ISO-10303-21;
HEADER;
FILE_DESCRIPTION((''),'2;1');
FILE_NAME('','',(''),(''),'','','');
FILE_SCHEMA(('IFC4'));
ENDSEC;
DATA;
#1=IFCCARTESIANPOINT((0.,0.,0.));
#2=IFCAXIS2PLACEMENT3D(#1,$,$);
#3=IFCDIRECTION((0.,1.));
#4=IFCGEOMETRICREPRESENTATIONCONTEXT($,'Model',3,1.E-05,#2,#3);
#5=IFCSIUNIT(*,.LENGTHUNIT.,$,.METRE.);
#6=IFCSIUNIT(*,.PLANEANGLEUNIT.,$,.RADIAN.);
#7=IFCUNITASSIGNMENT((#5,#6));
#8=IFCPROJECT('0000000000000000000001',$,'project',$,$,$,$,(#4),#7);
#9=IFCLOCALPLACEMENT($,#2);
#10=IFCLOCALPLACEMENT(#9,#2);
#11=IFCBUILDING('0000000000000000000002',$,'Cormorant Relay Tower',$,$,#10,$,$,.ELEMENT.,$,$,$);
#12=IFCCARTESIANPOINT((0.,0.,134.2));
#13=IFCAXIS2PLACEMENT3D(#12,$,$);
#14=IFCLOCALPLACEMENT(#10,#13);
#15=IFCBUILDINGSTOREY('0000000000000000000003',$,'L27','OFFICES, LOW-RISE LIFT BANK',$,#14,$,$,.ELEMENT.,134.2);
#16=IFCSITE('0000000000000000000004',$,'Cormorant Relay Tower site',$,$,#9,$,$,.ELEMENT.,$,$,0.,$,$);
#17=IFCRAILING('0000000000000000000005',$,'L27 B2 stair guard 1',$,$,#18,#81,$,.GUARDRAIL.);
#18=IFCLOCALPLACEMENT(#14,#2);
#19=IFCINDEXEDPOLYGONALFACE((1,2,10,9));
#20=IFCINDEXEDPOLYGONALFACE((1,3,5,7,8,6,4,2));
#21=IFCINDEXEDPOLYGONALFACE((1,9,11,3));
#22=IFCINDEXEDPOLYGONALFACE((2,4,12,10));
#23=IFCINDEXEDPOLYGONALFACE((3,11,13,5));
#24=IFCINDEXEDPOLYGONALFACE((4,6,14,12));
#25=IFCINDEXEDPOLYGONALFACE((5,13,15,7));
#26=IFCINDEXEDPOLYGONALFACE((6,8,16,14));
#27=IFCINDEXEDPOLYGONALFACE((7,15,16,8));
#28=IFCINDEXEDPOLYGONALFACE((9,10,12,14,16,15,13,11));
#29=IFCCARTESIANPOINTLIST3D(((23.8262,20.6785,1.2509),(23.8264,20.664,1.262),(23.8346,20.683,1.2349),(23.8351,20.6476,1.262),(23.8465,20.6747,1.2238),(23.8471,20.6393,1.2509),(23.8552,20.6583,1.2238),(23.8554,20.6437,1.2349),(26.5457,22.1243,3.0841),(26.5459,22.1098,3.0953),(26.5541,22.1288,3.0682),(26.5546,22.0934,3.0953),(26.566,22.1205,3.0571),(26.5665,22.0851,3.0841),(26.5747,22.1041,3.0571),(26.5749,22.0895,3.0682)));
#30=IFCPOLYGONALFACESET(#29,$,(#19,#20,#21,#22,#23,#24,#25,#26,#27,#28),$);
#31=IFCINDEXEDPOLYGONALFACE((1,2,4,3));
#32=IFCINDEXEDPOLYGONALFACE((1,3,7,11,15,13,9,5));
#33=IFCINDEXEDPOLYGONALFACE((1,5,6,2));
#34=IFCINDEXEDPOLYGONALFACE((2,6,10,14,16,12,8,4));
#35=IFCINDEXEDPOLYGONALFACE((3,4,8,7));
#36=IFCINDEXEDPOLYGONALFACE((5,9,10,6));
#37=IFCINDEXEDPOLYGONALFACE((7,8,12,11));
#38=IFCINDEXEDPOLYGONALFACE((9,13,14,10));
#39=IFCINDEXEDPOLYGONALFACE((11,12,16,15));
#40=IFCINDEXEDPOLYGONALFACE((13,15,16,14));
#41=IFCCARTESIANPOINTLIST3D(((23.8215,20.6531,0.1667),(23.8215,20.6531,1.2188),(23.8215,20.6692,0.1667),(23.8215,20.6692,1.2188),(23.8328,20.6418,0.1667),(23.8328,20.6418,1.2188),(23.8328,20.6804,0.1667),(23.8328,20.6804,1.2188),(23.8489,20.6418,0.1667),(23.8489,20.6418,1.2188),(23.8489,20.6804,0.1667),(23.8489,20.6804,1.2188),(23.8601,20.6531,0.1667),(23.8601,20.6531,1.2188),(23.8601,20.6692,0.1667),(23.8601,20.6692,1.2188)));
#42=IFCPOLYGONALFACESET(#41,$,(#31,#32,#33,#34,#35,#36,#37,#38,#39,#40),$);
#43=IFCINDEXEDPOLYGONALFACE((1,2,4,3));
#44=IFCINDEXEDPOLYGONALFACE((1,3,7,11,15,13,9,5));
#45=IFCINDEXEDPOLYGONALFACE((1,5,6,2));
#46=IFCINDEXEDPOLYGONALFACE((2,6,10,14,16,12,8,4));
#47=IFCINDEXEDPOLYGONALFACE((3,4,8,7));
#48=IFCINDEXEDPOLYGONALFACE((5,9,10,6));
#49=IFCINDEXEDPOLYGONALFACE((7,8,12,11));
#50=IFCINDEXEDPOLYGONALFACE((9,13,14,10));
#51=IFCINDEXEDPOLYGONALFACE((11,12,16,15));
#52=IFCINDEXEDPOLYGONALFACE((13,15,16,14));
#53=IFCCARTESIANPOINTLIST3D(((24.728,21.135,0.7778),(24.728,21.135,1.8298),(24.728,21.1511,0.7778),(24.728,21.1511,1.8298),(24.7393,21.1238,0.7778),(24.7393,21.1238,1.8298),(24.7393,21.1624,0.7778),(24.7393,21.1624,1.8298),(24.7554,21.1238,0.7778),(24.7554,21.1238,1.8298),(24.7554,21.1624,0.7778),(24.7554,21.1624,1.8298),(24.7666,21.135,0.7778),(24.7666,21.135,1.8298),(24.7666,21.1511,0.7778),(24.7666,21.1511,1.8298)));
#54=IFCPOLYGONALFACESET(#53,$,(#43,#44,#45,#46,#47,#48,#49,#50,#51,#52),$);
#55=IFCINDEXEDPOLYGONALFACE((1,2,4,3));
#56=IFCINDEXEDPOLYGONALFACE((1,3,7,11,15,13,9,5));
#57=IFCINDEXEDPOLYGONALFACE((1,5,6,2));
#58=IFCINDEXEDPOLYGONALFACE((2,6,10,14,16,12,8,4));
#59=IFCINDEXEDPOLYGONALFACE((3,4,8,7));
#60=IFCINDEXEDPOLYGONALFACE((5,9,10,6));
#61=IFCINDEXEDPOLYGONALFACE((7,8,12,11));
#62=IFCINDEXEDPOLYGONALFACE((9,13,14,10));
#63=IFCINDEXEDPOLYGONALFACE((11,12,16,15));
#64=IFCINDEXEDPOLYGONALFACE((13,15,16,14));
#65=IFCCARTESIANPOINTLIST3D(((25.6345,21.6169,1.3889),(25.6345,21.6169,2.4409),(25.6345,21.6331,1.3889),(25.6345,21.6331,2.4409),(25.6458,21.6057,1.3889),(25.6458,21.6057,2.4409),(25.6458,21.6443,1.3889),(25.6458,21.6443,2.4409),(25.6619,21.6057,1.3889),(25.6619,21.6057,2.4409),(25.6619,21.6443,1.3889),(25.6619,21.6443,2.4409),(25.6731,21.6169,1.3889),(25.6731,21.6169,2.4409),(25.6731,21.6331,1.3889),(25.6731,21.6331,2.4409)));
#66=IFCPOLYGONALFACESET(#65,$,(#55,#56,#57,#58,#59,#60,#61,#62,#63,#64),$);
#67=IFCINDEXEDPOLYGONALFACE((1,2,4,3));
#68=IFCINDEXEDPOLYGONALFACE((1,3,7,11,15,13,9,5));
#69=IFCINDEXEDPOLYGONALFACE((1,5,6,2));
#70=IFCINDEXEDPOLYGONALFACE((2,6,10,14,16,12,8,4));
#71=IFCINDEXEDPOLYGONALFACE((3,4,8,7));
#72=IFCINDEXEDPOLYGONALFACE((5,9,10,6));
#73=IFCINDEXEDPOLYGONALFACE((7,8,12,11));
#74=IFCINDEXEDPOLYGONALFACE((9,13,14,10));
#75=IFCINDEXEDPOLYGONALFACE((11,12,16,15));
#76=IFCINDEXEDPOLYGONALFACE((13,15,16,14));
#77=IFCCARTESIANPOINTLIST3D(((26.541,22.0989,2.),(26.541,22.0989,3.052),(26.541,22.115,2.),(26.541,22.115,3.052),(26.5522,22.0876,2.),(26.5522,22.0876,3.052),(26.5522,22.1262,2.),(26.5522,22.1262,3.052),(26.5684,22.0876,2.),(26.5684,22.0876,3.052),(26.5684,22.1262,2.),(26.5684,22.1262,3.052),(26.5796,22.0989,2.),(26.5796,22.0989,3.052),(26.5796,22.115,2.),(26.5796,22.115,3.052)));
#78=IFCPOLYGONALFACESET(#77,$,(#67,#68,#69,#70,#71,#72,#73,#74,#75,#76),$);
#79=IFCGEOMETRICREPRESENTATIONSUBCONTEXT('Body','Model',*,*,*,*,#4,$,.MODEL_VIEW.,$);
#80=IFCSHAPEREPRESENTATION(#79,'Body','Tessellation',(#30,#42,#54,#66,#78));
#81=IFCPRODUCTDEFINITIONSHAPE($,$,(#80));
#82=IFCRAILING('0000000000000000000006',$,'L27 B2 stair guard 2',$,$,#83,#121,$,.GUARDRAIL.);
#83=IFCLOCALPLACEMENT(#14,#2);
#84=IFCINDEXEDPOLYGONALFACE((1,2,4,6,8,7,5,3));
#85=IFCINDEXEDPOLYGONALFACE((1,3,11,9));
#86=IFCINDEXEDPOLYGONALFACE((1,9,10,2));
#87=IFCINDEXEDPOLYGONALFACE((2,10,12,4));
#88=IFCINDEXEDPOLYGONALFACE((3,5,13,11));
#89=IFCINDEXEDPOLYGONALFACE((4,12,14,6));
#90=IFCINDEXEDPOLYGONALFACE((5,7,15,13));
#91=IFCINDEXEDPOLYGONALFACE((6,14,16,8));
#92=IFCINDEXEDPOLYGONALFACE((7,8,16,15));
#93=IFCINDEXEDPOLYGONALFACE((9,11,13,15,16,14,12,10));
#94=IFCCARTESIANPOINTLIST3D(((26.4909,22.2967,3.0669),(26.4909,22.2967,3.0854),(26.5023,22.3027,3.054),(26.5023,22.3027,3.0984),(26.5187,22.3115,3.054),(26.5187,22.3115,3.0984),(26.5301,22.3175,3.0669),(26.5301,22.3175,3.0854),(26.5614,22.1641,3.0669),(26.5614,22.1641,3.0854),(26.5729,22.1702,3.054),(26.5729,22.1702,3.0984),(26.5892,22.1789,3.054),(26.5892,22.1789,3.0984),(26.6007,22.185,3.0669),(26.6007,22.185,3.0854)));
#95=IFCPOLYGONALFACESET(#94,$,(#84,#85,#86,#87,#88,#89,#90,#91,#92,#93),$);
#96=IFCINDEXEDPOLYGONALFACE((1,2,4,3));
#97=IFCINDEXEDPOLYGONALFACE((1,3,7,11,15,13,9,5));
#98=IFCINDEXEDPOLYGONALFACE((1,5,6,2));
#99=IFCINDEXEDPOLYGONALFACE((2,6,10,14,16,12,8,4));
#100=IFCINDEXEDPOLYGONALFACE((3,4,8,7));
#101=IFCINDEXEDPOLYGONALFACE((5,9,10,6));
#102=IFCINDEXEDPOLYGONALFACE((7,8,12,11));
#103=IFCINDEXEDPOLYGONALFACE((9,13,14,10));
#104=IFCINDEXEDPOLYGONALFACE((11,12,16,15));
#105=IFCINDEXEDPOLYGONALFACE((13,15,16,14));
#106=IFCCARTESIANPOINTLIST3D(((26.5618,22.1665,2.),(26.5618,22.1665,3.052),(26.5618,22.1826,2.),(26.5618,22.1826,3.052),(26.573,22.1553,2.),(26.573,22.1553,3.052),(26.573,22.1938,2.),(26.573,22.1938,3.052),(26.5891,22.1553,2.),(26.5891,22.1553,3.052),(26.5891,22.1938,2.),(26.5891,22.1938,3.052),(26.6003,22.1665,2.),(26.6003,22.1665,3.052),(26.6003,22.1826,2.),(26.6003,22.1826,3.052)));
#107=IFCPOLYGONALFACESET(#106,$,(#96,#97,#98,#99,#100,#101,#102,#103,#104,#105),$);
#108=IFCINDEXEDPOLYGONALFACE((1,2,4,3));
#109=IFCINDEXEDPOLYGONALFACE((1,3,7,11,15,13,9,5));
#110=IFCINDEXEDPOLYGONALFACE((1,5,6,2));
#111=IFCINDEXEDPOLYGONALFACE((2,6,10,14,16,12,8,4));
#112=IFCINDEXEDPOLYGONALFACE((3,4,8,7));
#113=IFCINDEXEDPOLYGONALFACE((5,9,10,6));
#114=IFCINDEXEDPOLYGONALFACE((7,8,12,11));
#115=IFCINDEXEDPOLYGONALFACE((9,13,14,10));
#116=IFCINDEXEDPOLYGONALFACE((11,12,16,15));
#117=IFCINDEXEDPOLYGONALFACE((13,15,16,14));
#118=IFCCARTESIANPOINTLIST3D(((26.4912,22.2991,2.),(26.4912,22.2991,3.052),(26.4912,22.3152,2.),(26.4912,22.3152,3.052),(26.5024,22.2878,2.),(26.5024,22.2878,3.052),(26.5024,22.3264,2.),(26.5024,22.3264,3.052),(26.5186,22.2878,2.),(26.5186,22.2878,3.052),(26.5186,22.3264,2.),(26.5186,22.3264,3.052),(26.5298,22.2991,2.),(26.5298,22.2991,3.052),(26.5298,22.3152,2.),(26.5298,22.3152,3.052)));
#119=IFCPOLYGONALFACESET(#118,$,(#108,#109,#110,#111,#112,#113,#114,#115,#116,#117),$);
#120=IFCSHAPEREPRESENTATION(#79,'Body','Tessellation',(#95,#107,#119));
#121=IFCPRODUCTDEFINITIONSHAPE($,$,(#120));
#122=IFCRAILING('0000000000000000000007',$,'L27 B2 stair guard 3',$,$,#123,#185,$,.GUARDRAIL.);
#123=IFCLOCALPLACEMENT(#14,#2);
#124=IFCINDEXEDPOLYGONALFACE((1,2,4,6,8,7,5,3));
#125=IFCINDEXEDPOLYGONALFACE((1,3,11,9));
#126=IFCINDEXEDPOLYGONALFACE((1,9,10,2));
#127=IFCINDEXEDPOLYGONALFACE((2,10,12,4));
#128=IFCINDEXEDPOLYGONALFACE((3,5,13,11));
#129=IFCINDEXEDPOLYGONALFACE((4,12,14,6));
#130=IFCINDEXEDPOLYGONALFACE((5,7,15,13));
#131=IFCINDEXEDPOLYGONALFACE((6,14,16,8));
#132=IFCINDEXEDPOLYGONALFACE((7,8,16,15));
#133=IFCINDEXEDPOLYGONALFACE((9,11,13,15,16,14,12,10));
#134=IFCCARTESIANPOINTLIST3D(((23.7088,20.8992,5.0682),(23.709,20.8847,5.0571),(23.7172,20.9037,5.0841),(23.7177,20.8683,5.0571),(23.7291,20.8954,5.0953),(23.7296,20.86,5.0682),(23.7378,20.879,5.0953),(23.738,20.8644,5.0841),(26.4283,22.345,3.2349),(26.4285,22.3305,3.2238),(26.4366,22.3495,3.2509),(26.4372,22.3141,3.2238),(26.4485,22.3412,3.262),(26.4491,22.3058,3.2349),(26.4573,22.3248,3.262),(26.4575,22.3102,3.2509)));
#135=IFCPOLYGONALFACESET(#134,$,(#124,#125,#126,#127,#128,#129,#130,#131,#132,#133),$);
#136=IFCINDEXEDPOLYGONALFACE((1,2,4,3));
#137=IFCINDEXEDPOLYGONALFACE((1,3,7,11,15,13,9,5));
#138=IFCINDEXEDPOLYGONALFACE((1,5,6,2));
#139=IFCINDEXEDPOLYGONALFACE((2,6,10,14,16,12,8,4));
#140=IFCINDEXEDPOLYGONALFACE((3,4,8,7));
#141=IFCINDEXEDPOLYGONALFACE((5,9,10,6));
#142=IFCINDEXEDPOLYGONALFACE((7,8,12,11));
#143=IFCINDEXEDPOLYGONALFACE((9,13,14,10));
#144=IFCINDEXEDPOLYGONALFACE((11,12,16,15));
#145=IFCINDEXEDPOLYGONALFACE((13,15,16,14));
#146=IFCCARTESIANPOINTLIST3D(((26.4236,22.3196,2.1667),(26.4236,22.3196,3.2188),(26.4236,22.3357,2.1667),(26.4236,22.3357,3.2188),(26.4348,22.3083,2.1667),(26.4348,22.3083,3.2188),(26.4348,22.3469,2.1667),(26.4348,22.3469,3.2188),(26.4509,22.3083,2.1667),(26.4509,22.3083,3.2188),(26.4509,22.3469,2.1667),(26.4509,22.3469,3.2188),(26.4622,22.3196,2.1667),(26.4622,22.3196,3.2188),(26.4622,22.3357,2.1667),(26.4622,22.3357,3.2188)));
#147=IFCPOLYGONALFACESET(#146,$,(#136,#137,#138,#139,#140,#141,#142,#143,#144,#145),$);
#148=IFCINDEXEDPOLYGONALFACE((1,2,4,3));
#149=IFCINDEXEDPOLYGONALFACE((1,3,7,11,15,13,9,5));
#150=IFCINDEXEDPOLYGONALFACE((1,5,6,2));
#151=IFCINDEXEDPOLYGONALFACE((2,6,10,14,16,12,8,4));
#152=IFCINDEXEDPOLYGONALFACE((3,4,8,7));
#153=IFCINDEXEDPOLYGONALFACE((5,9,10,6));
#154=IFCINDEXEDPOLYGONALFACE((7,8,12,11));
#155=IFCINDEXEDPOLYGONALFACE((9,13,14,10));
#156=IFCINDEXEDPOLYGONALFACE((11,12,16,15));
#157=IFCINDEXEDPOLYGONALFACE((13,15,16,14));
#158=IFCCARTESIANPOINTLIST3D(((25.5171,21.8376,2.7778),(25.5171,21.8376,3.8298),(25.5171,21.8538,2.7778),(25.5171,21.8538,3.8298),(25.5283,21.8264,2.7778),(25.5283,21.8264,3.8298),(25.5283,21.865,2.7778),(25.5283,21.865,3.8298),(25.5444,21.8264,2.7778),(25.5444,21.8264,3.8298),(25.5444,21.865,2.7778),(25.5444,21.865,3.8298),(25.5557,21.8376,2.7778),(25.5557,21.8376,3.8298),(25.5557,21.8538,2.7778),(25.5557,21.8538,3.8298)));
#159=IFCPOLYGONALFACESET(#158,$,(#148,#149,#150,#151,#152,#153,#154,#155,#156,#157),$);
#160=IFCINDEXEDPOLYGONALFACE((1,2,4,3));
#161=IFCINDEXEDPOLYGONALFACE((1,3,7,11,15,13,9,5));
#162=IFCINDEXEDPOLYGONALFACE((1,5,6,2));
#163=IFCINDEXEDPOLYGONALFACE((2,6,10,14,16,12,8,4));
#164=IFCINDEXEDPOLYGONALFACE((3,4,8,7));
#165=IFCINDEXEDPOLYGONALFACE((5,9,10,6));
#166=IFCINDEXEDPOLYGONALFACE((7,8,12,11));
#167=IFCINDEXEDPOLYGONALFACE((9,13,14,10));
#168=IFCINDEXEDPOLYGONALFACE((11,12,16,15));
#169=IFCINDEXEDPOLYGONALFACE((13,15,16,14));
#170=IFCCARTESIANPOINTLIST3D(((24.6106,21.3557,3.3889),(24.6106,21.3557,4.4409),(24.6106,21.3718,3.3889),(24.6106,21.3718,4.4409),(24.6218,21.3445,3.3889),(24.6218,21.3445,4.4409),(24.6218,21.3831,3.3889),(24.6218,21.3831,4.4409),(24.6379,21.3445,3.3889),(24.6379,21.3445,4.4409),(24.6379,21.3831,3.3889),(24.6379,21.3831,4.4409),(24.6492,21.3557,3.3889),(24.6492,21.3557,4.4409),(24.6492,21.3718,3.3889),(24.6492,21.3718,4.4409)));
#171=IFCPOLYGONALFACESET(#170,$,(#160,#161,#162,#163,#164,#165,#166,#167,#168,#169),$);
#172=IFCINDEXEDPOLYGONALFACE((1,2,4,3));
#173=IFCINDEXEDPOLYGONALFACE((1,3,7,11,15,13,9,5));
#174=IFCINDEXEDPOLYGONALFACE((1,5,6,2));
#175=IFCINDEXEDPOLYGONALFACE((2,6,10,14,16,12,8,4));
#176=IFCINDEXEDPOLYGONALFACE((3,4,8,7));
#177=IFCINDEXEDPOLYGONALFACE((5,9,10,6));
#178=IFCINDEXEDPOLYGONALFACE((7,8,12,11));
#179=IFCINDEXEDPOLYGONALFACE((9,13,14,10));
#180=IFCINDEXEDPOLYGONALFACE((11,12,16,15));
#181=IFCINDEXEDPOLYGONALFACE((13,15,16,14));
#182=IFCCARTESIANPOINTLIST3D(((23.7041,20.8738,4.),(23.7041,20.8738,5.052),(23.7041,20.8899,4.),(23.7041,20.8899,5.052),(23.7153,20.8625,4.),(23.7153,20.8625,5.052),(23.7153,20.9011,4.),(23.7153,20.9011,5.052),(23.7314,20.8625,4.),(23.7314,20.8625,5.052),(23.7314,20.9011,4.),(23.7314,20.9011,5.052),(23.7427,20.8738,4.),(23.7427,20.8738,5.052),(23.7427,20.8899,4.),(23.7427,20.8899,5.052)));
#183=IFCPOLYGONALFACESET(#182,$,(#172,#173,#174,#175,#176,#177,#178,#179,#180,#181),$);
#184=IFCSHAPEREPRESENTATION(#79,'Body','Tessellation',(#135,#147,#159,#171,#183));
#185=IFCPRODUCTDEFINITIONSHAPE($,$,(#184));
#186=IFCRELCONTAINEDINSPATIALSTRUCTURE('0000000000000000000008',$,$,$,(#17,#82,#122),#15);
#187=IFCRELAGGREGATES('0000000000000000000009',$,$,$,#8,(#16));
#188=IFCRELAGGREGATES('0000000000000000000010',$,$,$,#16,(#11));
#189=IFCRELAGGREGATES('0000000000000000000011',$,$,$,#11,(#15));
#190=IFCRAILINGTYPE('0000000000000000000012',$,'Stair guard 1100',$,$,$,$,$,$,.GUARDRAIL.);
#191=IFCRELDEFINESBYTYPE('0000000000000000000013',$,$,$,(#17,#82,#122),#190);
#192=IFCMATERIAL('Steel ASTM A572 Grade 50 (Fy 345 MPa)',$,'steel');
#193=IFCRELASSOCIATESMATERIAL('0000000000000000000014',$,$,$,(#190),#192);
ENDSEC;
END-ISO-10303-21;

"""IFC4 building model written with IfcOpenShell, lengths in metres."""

from ifc_helpers import new_model, si_unit, direction, frame, origin, place, context, subcontext, project, spatial, polyline, outline, extrude, material, type_object, element, save


model = new_model("IFC4")

# Units and contexts
model_context = context("Model", 3, precision=1e-05, world=origin(), true_north=direction((0.0, 1.0)))
body_context = subcontext(model_context, "Body", "Model", "MODEL_VIEW")
ifc_project = project(units=[si_unit("LENGTHUNIT", "METRE"), si_unit("PLANEANGLEUNIT", "RADIAN")], contexts=[model_context])

# Site, building, storey
site_placement = place(None, origin())
site = spatial("IfcSite", under=ifc_project, at=site_placement, Name="Cormorant Relay Tower site", CompositionType="ELEMENT", RefElevation=0.0)
building_placement = place(site_placement, origin())
building = spatial("IfcBuilding", under=site, at=building_placement, Name="Cormorant Relay Tower", CompositionType="ELEMENT")
storey_placement = place(building_placement, frame((0.0, 0.0, 134.2)))
storey = spatial("IfcBuildingStorey", under=building, at=storey_placement, Name="L27", Description="OFFICES, LOW-RISE LIFT BANK", CompositionType="ELEMENT", Elevation=134.2)

# Railings
ifc_material_1 = material(Name="Steel ASTM A572 Grade 50 (Fy 345 MPa)", Category="steel")
railing_type_1 = type_object("IfcRailingType", Name="Stair guard 1100", PredefinedType="GUARDRAIL", material=ifc_material_1)
railing_1_placement = place(storey_placement, frame((23.8408, 20.6611, 0.1667)))
element("IfcRailing", 1, at=railing_1_placement, inside=storey, type_object=railing_type_1, Name="L27 B2 stair guard 1", PredefinedType="GUARDRAIL", context=body_context, shape_type="SweptSolid", body=[
    extrude(outline(polyline([(0.0222, 0.0093), (0.0093, 0.0222), (-0.0093, 0.0222), (-0.0222, 0.0093), (-0.0222, -0.0093), (-0.0093, -0.0222), (0.0093, -0.0222), (0.0222, -0.0093), (0.0222, 0.0093)])), frame((0.0, 0.0, 1.0762), z_axis=(0.758735, 0.403378, 0.511477), x_axis=(-0.469428, 0.882971, 0.0)), (0.0, 0.0, 1.0), 3.5842),
    extrude(outline(polyline([(0.0193, 0.0081), (0.0081, 0.0193), (-0.0081, 0.0193), (-0.0193, 0.0081), (-0.0193, -0.0081), (-0.0081, -0.0193), (0.0081, -0.0193), (0.0193, -0.0081), (0.0193, 0.0081)])), origin(), (0.0, 0.0, 1.0), 1.052),
    extrude(outline(polyline([(0.0193, 0.0081), (0.0081, 0.0193), (-0.0081, 0.0193), (-0.0193, 0.0081), (-0.0193, -0.0081), (-0.0081, -0.0193), (0.0081, -0.0193), (0.0193, -0.0081), (0.0193, 0.0081)])), frame((0.9065, 0.4819, 0.6111)), (0.0, 0.0, 1.0), 1.052),
    extrude(outline(polyline([(0.0193, 0.0081), (0.0081, 0.0193), (-0.0081, 0.0193), (-0.0193, 0.0081), (-0.0193, -0.0081), (-0.0081, -0.0193), (0.0081, -0.0193), (0.0193, -0.0081), (0.0193, 0.0081)])), frame((1.813, 0.9639, 1.2222)), (0.0, 0.0, 1.0), 1.052),
    extrude(outline(polyline([(0.0193, 0.0081), (0.0081, 0.0193), (-0.0081, 0.0193), (-0.0193, 0.0081), (-0.0193, -0.0081), (-0.0081, -0.0193), (0.0081, -0.0193), (0.0193, -0.0081), (0.0193, 0.0081)])), frame((2.7195, 1.4458, 1.8333)), (0.0, 0.0, 1.0), 1.052),
])
railing_2_placement = place(storey_placement, frame((26.5811, 22.1746, 2.0)))
element("IfcRailing", 2, at=railing_2_placement, inside=storey, type_object=railing_type_1, Name="L27 B2 stair guard 2", PredefinedType="GUARDRAIL", context=body_context, shape_type="SweptSolid", body=[
    extrude(outline(polyline([(0.0222, 0.0093), (0.0093, 0.0222), (-0.0093, 0.0222), (-0.0222, 0.0093), (-0.0222, -0.0093), (-0.0093, -0.0222), (0.0093, -0.0222), (0.0222, -0.0093), (0.0222, 0.0093)])), frame((0.0, 0.0, 1.0762), z_axis=(-0.469829, 0.882758, 0.0), x_axis=(-0.882758, -0.469829, 0.0)), (0.0, 0.0, 1.0), 0.1501),
    extrude(outline(polyline([(0.0193, 0.0081), (0.0081, 0.0193), (-0.0081, 0.0193), (-0.0193, 0.0081), (-0.0193, -0.0081), (-0.0081, -0.0193), (0.0081, -0.0193), (0.0193, -0.0081), (0.0193, 0.0081)])), origin(), (0.0, 0.0, 1.0), 1.052),
    extrude(outline(polyline([(0.0193, 0.0081), (0.0081, 0.0193), (-0.0081, 0.0193), (-0.0193, 0.0081), (-0.0193, -0.0081), (-0.0081, -0.0193), (0.0081, -0.0193), (0.0193, -0.0081), (0.0193, 0.0081)])), frame((-0.0706, 0.1326, 0.0)), (0.0, 0.0, 1.0), 1.052),
])
railing_3_placement = place(storey_placement, frame((26.4429, 22.3276, 2.1667)))
element("IfcRailing", 3, at=railing_3_placement, inside=storey, type_object=railing_type_1, Name="L27 B2 stair guard 3", PredefinedType="GUARDRAIL", context=body_context, shape_type="SweptSolid", body=[
    extrude(outline(polyline([(0.0222, 0.0093), (0.0093, 0.0222), (-0.0093, 0.0222), (-0.0222, 0.0093), (-0.0222, -0.0093), (-0.0093, -0.0222), (0.0093, -0.0222), (0.0222, -0.0093), (0.0222, 0.0093)])), frame((0.0, 0.0, 1.0762), z_axis=(-0.758735, -0.403378, 0.511477), x_axis=(0.469428, -0.882971, 0.0)), (0.0, 0.0, 1.0), 3.5842),
    extrude(outline(polyline([(0.0193, 0.0081), (0.0081, 0.0193), (-0.0081, 0.0193), (-0.0193, 0.0081), (-0.0193, -0.0081), (-0.0081, -0.0193), (0.0081, -0.0193), (0.0193, -0.0081), (0.0193, 0.0081)])), origin(), (0.0, 0.0, 1.0), 1.052),
    extrude(outline(polyline([(0.0193, 0.0081), (0.0081, 0.0193), (-0.0081, 0.0193), (-0.0193, 0.0081), (-0.0193, -0.0081), (-0.0081, -0.0193), (0.0081, -0.0193), (0.0193, -0.0081), (0.0193, 0.0081)])), frame((-0.9065, -0.4819, 0.6111)), (0.0, 0.0, 1.0), 1.052),
    extrude(outline(polyline([(0.0193, 0.0081), (0.0081, 0.0193), (-0.0081, 0.0193), (-0.0193, 0.0081), (-0.0193, -0.0081), (-0.0081, -0.0193), (0.0081, -0.0193), (0.0193, -0.0081), (0.0193, 0.0081)])), frame((-1.813, -0.9639, 1.2222)), (0.0, 0.0, 1.0), 1.052),
    extrude(outline(polyline([(0.0193, 0.0081), (0.0081, 0.0193), (-0.0081, 0.0193), (-0.0193, 0.0081), (-0.0193, -0.0081), (-0.0081, -0.0193), (0.0081, -0.0193), (0.0193, -0.0081), (0.0193, 0.0081)])), frame((-2.7195, -1.4458, 1.8333)), (0.0, 0.0, 1.0), 1.052),
])

save(model, "model.ifc")
